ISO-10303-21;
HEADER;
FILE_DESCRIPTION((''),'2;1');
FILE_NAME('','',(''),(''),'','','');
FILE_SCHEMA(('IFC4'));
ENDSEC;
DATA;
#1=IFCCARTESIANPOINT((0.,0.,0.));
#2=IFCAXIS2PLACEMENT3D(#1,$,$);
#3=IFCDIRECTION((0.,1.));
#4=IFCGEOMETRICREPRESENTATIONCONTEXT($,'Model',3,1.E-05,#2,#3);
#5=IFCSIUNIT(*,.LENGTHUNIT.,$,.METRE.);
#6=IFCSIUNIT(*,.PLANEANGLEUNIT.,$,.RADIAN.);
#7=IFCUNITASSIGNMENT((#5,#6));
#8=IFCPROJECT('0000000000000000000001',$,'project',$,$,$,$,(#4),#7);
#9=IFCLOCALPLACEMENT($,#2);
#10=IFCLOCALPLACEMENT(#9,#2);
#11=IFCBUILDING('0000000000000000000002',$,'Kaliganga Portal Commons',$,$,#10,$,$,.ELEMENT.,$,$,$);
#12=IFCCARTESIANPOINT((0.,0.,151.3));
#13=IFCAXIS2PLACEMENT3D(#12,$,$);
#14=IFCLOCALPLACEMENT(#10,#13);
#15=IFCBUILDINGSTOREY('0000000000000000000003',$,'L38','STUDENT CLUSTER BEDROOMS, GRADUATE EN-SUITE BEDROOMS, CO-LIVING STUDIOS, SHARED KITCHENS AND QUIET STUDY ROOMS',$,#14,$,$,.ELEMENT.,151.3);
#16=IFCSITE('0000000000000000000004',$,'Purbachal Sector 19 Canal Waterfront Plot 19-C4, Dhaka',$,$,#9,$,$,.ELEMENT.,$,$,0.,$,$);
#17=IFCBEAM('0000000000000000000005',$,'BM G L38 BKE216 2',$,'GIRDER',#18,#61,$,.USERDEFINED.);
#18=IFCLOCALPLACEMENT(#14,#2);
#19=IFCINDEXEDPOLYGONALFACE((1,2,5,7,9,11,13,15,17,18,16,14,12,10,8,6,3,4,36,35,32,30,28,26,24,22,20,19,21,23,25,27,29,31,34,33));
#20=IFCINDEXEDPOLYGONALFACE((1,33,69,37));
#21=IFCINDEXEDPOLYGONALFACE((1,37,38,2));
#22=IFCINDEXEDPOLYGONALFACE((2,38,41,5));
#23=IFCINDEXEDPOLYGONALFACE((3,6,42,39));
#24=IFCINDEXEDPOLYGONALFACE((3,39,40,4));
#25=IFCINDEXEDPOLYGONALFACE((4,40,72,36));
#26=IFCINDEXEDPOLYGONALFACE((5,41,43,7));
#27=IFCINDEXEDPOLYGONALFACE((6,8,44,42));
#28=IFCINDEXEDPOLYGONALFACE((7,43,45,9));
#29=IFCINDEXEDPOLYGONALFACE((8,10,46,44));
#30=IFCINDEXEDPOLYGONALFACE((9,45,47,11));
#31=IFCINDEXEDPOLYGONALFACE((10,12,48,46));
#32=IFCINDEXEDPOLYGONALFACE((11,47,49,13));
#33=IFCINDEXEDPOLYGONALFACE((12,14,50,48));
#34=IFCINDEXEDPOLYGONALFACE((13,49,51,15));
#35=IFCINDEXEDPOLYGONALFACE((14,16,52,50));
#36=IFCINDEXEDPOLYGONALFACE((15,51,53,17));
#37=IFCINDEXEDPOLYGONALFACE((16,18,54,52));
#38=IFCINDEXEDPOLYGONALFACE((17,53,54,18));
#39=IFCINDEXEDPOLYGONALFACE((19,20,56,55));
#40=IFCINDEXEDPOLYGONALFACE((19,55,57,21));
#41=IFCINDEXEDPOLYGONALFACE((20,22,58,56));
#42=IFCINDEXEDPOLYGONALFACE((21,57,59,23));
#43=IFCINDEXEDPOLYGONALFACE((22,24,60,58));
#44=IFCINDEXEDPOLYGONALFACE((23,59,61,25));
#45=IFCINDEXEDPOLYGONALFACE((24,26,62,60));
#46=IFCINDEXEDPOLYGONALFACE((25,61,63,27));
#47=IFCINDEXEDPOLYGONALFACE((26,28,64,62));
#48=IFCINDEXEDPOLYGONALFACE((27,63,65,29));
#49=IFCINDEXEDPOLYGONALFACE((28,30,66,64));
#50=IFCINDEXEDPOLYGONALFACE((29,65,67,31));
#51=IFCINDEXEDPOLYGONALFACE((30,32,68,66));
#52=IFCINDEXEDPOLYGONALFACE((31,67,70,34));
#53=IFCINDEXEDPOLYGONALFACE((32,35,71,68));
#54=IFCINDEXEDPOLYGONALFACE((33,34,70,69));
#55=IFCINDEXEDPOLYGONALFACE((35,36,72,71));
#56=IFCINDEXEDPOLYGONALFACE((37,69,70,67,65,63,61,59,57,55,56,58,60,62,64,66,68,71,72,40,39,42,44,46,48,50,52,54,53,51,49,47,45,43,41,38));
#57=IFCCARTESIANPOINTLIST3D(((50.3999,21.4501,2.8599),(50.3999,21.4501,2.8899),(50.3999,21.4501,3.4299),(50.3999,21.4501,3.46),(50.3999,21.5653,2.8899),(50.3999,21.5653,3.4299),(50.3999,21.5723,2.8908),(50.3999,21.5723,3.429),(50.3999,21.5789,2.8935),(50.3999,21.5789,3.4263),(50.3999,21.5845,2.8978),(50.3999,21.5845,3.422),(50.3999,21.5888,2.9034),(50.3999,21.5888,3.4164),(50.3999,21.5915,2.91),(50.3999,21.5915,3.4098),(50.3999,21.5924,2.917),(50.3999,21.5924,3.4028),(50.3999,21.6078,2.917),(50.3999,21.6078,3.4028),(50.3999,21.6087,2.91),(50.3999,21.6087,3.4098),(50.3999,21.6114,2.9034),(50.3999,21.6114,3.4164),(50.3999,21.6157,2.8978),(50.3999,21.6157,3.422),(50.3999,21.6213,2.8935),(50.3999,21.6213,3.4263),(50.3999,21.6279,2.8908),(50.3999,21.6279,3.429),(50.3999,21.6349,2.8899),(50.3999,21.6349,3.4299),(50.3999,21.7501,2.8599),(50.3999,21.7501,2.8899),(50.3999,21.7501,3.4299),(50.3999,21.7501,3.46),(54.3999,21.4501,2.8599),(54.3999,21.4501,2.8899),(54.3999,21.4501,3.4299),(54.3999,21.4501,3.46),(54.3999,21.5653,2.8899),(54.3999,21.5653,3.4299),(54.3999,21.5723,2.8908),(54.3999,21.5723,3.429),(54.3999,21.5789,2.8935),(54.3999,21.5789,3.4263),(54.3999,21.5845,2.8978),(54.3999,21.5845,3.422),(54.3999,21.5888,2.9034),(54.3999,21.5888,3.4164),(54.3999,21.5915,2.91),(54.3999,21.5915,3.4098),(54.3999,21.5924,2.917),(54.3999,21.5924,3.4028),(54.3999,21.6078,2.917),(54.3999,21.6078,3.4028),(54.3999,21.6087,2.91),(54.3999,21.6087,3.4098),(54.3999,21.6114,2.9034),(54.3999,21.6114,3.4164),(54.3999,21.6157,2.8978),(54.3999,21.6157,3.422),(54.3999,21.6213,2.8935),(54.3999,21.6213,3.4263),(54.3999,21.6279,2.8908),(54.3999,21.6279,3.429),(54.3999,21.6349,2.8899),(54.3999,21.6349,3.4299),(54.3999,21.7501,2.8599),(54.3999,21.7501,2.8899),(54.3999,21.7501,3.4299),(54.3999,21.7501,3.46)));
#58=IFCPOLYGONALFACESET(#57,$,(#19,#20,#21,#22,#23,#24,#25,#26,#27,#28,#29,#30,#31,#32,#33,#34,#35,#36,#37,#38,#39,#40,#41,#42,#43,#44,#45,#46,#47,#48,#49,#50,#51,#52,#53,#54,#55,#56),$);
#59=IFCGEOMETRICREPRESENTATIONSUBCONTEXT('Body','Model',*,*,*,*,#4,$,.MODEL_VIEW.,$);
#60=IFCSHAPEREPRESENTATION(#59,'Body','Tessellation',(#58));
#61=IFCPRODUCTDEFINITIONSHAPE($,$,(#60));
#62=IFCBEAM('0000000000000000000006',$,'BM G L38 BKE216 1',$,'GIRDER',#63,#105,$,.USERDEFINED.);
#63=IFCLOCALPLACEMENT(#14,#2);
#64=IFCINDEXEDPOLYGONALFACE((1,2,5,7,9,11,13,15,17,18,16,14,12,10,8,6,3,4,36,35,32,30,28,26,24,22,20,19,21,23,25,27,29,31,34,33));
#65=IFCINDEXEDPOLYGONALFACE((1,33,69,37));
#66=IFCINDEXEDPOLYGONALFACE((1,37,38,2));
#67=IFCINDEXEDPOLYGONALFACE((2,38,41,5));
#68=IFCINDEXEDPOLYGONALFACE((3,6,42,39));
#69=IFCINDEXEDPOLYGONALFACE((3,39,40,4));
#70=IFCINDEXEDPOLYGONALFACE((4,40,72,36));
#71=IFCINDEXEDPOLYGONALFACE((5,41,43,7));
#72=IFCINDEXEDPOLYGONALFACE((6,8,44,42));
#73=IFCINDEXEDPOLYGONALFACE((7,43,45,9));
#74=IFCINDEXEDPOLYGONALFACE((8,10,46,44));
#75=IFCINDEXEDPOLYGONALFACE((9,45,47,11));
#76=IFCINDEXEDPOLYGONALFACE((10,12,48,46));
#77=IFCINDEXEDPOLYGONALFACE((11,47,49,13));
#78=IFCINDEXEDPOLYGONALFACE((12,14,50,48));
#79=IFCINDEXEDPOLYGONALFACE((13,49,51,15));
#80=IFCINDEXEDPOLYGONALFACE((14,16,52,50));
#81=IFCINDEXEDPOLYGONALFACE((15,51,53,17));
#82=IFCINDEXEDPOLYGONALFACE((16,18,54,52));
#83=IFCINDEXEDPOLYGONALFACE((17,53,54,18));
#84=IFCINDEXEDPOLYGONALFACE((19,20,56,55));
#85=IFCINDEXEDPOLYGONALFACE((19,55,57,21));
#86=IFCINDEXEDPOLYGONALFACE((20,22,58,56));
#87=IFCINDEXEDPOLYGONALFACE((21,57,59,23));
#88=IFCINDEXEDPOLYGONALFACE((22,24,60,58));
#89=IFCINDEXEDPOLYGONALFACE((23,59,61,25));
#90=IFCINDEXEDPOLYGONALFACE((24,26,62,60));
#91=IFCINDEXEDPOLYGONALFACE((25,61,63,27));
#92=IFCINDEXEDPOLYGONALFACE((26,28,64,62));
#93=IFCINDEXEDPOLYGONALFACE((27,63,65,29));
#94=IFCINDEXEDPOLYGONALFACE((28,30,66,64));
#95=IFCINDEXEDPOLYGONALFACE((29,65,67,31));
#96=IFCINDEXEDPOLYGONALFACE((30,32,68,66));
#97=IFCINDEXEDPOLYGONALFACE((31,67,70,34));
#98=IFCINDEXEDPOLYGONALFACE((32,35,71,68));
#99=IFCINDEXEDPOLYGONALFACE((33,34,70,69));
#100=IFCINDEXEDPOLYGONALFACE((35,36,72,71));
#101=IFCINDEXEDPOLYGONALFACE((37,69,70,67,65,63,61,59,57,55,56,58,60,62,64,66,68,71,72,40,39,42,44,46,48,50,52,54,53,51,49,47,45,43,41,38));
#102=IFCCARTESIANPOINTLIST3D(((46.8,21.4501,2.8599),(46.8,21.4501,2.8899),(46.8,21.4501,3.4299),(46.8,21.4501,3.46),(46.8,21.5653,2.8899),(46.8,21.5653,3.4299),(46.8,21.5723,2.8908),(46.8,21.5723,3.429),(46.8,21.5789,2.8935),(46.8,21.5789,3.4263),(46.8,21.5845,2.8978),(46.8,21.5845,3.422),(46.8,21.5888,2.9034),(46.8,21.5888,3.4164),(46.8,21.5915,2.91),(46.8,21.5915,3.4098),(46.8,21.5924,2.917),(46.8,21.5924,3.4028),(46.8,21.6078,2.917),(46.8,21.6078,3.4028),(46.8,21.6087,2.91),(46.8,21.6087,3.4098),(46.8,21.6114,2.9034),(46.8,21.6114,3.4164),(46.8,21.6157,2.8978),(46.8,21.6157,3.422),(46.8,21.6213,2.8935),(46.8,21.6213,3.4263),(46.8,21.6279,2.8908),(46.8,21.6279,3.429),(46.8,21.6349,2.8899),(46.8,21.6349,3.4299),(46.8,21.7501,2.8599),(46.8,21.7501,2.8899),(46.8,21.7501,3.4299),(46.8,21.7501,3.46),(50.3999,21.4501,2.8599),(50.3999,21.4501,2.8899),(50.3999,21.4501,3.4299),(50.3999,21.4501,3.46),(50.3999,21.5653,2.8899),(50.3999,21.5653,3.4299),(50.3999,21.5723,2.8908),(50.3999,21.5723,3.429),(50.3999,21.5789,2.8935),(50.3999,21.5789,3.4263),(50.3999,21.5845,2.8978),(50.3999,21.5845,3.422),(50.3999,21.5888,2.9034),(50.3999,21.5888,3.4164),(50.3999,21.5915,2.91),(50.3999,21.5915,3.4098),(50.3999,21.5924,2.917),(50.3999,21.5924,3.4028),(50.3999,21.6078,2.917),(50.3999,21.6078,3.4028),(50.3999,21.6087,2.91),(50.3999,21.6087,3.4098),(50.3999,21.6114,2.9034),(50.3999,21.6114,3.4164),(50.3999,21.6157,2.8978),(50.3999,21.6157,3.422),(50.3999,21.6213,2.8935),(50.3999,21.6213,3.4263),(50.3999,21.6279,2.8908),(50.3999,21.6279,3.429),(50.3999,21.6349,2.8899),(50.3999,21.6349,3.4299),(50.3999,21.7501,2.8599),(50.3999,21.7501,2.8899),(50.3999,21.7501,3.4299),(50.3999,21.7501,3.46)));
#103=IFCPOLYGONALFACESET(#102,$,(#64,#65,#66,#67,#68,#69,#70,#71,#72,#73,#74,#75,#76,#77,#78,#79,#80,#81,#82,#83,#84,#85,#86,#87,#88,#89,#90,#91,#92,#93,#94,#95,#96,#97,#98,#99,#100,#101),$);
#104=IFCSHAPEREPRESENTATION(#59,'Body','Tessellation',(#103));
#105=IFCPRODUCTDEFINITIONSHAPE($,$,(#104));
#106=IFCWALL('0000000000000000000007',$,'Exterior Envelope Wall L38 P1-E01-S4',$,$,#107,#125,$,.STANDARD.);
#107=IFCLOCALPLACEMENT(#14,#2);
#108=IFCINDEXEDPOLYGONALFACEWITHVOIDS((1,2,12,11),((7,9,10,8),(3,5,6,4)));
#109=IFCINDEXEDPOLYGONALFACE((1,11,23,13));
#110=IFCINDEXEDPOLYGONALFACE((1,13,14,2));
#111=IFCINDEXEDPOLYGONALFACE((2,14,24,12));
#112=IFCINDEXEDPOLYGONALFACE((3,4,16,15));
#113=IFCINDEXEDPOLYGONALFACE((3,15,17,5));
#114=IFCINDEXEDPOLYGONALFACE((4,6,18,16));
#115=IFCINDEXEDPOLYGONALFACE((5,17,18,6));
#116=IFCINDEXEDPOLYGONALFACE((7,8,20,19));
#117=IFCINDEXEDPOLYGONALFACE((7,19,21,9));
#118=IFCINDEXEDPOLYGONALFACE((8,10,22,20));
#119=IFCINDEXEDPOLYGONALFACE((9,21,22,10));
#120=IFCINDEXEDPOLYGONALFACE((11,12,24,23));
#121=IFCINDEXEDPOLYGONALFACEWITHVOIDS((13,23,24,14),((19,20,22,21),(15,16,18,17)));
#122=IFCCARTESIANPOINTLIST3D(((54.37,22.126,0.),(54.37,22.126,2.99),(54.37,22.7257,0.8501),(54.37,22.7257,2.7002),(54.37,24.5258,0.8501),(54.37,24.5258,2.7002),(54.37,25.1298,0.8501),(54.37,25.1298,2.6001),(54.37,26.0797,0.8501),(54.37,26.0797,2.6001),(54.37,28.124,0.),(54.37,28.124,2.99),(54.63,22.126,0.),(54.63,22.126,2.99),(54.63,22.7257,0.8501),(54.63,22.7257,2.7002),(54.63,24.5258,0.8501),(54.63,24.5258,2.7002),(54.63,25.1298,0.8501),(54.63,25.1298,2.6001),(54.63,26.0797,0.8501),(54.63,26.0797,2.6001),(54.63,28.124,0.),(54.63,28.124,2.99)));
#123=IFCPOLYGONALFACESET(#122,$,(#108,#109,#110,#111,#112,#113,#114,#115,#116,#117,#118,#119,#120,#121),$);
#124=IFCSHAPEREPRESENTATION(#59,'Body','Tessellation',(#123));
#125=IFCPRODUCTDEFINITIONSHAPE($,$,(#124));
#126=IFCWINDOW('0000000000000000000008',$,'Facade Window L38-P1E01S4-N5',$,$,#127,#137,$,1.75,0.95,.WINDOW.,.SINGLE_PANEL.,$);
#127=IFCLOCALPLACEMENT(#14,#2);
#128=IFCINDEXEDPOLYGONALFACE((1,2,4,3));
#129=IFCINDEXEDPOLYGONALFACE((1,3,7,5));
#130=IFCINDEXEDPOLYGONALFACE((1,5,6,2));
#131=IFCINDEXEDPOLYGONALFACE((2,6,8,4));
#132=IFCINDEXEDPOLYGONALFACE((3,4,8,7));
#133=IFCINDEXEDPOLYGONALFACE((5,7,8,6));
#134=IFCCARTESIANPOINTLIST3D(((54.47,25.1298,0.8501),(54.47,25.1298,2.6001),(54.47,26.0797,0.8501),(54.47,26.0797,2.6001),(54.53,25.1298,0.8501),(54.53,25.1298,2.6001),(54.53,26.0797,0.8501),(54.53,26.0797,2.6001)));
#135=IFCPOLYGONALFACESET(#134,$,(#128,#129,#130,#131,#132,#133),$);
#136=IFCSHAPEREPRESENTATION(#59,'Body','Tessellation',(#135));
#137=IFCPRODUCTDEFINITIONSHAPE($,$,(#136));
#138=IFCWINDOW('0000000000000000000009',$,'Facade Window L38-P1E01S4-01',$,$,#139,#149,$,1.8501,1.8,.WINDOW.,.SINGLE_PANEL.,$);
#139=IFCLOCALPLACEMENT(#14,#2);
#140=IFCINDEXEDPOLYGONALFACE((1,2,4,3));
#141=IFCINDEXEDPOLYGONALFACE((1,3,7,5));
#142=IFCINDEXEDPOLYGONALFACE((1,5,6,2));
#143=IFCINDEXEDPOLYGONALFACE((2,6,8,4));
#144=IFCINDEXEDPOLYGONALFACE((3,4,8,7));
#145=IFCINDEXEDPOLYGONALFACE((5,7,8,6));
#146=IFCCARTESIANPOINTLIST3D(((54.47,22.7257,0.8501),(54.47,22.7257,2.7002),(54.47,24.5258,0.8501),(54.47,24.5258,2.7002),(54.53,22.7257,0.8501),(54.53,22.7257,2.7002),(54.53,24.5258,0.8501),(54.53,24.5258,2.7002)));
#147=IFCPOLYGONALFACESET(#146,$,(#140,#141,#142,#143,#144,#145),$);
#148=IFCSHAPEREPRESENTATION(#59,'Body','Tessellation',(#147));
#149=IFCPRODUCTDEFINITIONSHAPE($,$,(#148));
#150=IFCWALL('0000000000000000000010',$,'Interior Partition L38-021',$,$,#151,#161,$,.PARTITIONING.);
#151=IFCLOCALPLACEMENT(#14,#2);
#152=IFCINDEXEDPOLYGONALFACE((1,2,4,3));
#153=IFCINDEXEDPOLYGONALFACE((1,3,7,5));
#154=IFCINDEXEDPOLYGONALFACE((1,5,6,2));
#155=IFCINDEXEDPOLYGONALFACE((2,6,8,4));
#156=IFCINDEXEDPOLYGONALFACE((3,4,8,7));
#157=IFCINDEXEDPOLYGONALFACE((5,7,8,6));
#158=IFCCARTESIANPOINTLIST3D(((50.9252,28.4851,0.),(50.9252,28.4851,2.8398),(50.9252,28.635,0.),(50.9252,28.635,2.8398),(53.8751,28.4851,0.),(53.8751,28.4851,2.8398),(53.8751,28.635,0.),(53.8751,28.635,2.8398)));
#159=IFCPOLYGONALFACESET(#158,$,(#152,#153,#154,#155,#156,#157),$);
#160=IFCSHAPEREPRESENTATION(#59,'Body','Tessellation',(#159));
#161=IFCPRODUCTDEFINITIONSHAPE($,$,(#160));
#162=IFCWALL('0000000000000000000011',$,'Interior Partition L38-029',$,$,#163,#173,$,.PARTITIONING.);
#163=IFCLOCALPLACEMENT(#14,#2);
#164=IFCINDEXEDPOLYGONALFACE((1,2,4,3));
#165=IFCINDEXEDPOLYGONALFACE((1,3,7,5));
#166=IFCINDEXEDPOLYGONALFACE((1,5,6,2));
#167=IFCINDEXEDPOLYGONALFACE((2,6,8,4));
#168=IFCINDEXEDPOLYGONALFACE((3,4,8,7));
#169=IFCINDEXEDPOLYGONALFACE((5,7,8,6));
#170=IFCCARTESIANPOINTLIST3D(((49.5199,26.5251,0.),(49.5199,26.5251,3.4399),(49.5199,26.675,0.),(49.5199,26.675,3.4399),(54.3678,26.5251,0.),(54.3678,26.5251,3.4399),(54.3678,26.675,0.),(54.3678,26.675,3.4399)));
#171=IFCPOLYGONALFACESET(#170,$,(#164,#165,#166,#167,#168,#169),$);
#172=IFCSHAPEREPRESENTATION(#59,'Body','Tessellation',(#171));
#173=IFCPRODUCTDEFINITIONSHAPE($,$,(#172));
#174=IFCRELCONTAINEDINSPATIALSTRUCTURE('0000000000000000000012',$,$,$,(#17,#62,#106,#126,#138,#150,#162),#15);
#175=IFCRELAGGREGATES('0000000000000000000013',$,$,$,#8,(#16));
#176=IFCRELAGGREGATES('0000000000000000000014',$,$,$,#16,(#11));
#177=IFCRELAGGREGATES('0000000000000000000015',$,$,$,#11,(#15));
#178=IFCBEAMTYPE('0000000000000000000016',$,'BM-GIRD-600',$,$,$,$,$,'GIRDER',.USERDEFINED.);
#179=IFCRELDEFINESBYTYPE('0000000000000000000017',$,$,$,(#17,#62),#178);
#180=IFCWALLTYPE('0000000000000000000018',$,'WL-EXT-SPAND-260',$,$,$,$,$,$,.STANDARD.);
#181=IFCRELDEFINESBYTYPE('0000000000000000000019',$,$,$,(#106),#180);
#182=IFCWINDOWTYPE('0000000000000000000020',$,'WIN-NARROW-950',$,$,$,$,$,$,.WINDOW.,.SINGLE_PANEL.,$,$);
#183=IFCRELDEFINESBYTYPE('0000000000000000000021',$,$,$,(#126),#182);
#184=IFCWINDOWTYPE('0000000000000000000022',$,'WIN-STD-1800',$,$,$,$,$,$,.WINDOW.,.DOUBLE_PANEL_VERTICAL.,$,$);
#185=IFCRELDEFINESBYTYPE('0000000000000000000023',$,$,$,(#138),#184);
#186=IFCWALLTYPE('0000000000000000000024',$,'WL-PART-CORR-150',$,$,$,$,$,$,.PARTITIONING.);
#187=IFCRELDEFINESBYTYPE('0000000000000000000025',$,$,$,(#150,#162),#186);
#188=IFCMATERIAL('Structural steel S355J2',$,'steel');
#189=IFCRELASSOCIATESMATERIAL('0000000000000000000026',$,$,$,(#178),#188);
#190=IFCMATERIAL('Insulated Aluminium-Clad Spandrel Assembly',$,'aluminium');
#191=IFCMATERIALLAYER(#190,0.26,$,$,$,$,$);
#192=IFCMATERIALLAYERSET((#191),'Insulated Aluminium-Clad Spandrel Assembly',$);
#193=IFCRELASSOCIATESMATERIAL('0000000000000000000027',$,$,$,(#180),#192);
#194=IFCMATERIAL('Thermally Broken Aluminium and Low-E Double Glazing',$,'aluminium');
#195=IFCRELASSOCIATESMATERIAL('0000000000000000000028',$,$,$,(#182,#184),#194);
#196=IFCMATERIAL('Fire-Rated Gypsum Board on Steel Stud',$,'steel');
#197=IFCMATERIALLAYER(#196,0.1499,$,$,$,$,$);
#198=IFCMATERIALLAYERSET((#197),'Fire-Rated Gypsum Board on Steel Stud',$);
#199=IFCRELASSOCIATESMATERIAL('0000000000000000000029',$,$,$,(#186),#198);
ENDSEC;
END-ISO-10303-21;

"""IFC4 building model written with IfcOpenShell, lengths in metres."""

from ifc_helpers import new_model, si_unit, direction, frame, frame_2d, origin, origin_2d, place, context, subcontext, project, spatial, rectangle, i_section, extrude, source, transform, mapped, material, layer, layer_set, material_profile, profile_set, type_object, element, fill, save


model = new_model("IFC4")

# Units and contexts
model_context = context("Model", 3, precision=1e-05, world=origin(), true_north=direction((0.0, 1.0)))
body_context = subcontext(model_context, "Body", "Model", "MODEL_VIEW")
ifc_project = project(units=[si_unit("LENGTHUNIT", "METRE"), si_unit("PLANEANGLEUNIT", "RADIAN")], contexts=[model_context])

# Site, building, storey
site_placement = place(None, origin())
site = spatial("IfcSite", under=ifc_project, at=site_placement, Name="Purbachal Sector 19 Canal Waterfront Plot 19-C4, Dhaka", CompositionType="ELEMENT", RefElevation=0.0)
building_placement = place(site_placement, origin())
building = spatial("IfcBuilding", under=site, at=building_placement, Name="Kaliganga Portal Commons", CompositionType="ELEMENT")
storey_placement = place(building_placement, frame((0.0, 0.0, 151.3)))
storey = spatial("IfcBuildingStorey", under=building, at=storey_placement, Name="L38", Description="STUDENT CLUSTER BEDROOMS, GRADUATE EN-SUITE BEDROOMS, CO-LIVING STUDIOS, SHARED KITCHENS AND QUIET STUDY ROOMS", CompositionType="ELEMENT", Elevation=151.3)

# Beams
ifc_material_1 = material(Name="Structural steel S355J2", Category="steel")
ifc_material_profile_1 = material_profile(ifc_material_1, i_section(OverallWidth=0.3, OverallDepth=0.6001, WebThickness=0.0154, FlangeThickness=0.03, FilletRadius=0.0271, at=origin_2d()), Name="HE 600 B")
ifc_profile_set_1 = profile_set([ifc_material_profile_1], Name="Structural steel S355J2 wide-flange")
beam_type_1 = type_object("IfcBeamType", Name="BM-GIRD-600", ElementType="GIRDER", PredefinedType="USERDEFINED", material=ifc_profile_set_1)
shared_shape_1 = source(origin(), body_context, "Body", "SweptSolid", [
    extrude(i_section(OverallWidth=0.3, OverallDepth=0.6001, WebThickness=0.0154, FlangeThickness=0.03, FilletRadius=0.0271, at=origin_2d()), origin(), (0.0, 0.0, 1.0), 4.0),
])
beam_1_placement = place(storey_placement, frame((50.3999, 21.6001, 3.1599), z_axis=(1.0, 0.0, 0.0), x_axis=(0.0, 1.0, 0.0)))
element("IfcBeam", 1, at=beam_1_placement, inside=storey, type_object=beam_type_1, Name="BM G L38 BKE216 2", ObjectType="GIRDER", PredefinedType="USERDEFINED", context=body_context, shape_type="MappedRepresentation", body=[
    mapped(shared_shape_1, transform((0.0, 0.0, 0.0), x_axis=(1.0, 0.0, 0.0), y_axis=(0.0, 1.0, 0.0), z_axis=(0.0, 0.0, 1.0), scale=1.0)),
])
shared_shape_2 = source(origin(), body_context, "Body", "SweptSolid", [
    extrude(i_section(OverallWidth=0.3, OverallDepth=0.6001, WebThickness=0.0154, FlangeThickness=0.03, FilletRadius=0.0271, at=origin_2d()), origin(), (0.0, 0.0, 1.0), 3.5999),
])
beam_2_placement = place(storey_placement, frame((46.8, 21.6001, 3.1599), z_axis=(1.0, 0.0, 0.0), x_axis=(0.0, 1.0, 0.0)))
element("IfcBeam", 2, at=beam_2_placement, inside=storey, type_object=beam_type_1, Name="BM G L38 BKE216 1", ObjectType="GIRDER", PredefinedType="USERDEFINED", context=body_context, shape_type="MappedRepresentation", body=[
    mapped(shared_shape_2, transform((0.0, 0.0, 0.0), x_axis=(1.0, 0.0, 0.0), y_axis=(0.0, 1.0, 0.0), z_axis=(0.0, 0.0, 1.0), scale=1.0)),
])

# Wall, openings, windows
ifc_material_2 = material(Name="Insulated Aluminium-Clad Spandrel Assembly", Category="aluminium")
ifc_layer_1 = layer(ifc_material_2, 0.26)
ifc_layer_set_1 = layer_set([ifc_layer_1], Name="Insulated Aluminium-Clad Spandrel Assembly")
wall_type_1 = type_object("IfcWallType", Name="WL-EXT-SPAND-260", PredefinedType="STANDARD", material=ifc_layer_set_1)
wall_1_placement = place(storey_placement, frame((54.5, 28.124, 0.0), z_axis=(0.0, 0.0, 1.0), x_axis=(0.0, -1.0, 0.0)))
wall_1 = element("IfcWall", 3, at=wall_1_placement, inside=storey, type_object=wall_type_1, Name="Exterior Envelope Wall L38 P1-E01-S4", PredefinedType="STANDARD", context=body_context, shape_type="SweptSolid", body=[
    extrude(rectangle(XDim=5.998, YDim=0.26, at=frame_2d((2.999, 0.0))), origin(), (0.0, 0.0, 1.0), 2.99),
])
opening_1_placement = place(wall_1_placement, frame((3.5984, 0.0, 0.8501)))
opening_1 = element("IfcOpeningElement", 4, at=opening_1_placement, cuts=wall_1, PredefinedType="OPENING", context=body_context, shape_type="SweptSolid", body=[
    extrude(rectangle(XDim=1.8, YDim=1.8501, at=frame_2d((0.8999, 0.925))), frame((0.0, 0.1401, 0.0), z_axis=(0.0, -1.0, 0.0), x_axis=(1.0, 0.0, 0.0)), (0.0, 0.0, 1.0), 0.28),
])
opening_2_placement = place(wall_1_placement, frame((2.0442, 0.0, 0.8501)))
opening_2 = element("IfcOpeningElement", 5, at=opening_2_placement, cuts=wall_1, PredefinedType="OPENING", context=body_context, shape_type="SweptSolid", body=[
    extrude(rectangle(XDim=0.95, YDim=1.75, at=frame_2d((0.4751, 0.875))), frame((0.0, 0.1401, 0.0), z_axis=(0.0, -1.0, 0.0), x_axis=(1.0, 0.0, 0.0)), (0.0, 0.0, 1.0), 0.28),
])
ifc_material_3 = material(Name="Thermally Broken Aluminium and Low-E Double Glazing", Category="aluminium")
window_type_1 = type_object("IfcWindowType", Name="WIN-NARROW-950", PartitioningType="SINGLE_PANEL", PredefinedType="WINDOW", material=ifc_material_3)
window_1_placement = place(opening_2_placement, origin())
window_1 = element("IfcWindow", 6, at=window_1_placement, inside=storey, type_object=window_type_1, Name="Facade Window L38-P1E01S4-N5", OverallHeight=1.75, OverallWidth=0.95, PartitioningType="SINGLE_PANEL", PredefinedType="WINDOW", context=body_context, shape_type="SweptSolid", body=[
    extrude(rectangle(XDim=0.95, YDim=1.75, at=frame_2d((0.4751, 0.875))), frame((0.0, 0.03, 0.0), z_axis=(0.0, -1.0, 0.0), x_axis=(1.0, 0.0, 0.0)), (0.0, 0.0, 1.0), 0.0601),
])
fill(opening_2, window_1)
window_type_2 = type_object("IfcWindowType", Name="WIN-STD-1800", PartitioningType="DOUBLE_PANEL_VERTICAL", PredefinedType="WINDOW", material=ifc_material_3)
window_2_placement = place(opening_1_placement, origin())
window_2 = element("IfcWindow", 7, at=window_2_placement, inside=storey, type_object=window_type_2, Name="Facade Window L38-P1E01S4-01", OverallHeight=1.8501, OverallWidth=1.8, PartitioningType="SINGLE_PANEL", PredefinedType="WINDOW", context=body_context, shape_type="SweptSolid", body=[
    extrude(rectangle(XDim=1.8, YDim=1.8501, at=frame_2d((0.8999, 0.925))), frame((0.0, 0.03, 0.0), z_axis=(0.0, -1.0, 0.0), x_axis=(1.0, 0.0, 0.0)), (0.0, 0.0, 1.0), 0.0601),
])
fill(opening_1, window_2)

# Shared definitions
ifc_material_4 = material(Name="Fire-Rated Gypsum Board on Steel Stud", Category="steel")
ifc_layer_2 = layer(ifc_material_4, 0.1499)
ifc_layer_set_2 = layer_set([ifc_layer_2], Name="Fire-Rated Gypsum Board on Steel Stud")
wall_type_2 = type_object("IfcWallType", Name="WL-PART-CORR-150", PredefinedType="PARTITIONING", material=ifc_layer_set_2)

# Walls
wall_2_placement = place(storey_placement, frame((50.925, 28.5601, 0.0), z_axis=(0.0, 0.0, 1.0), x_axis=(1.0, 0.0, 0.0)))
element("IfcWall", 8, at=wall_2_placement, inside=storey, type_object=wall_type_2, Name="Interior Partition L38-021", PredefinedType="PARTITIONING", context=body_context, shape_type="SweptSolid", body=[
    extrude(rectangle(XDim=2.95, YDim=0.1499, at=frame_2d((1.4751, 0.0))), origin(), (0.0, 0.0, 1.0), 2.8398),
])
wall_3_placement = place(storey_placement, frame((49.52, 26.6001, 0.0), z_axis=(0.0, 0.0, 1.0), x_axis=(1.0, 0.0, 0.0)))
element("IfcWall", 9, at=wall_3_placement, inside=storey, type_object=wall_type_2, Name="Interior Partition L38-029", PredefinedType="PARTITIONING", context=body_context, shape_type="SweptSolid", body=[
    extrude(rectangle(XDim=4.8479, YDim=0.1499, at=frame_2d((2.4238, 0.0))), origin(), (0.0, 0.0, 1.0), 3.4399),
])

save(model, "model.ifc")
